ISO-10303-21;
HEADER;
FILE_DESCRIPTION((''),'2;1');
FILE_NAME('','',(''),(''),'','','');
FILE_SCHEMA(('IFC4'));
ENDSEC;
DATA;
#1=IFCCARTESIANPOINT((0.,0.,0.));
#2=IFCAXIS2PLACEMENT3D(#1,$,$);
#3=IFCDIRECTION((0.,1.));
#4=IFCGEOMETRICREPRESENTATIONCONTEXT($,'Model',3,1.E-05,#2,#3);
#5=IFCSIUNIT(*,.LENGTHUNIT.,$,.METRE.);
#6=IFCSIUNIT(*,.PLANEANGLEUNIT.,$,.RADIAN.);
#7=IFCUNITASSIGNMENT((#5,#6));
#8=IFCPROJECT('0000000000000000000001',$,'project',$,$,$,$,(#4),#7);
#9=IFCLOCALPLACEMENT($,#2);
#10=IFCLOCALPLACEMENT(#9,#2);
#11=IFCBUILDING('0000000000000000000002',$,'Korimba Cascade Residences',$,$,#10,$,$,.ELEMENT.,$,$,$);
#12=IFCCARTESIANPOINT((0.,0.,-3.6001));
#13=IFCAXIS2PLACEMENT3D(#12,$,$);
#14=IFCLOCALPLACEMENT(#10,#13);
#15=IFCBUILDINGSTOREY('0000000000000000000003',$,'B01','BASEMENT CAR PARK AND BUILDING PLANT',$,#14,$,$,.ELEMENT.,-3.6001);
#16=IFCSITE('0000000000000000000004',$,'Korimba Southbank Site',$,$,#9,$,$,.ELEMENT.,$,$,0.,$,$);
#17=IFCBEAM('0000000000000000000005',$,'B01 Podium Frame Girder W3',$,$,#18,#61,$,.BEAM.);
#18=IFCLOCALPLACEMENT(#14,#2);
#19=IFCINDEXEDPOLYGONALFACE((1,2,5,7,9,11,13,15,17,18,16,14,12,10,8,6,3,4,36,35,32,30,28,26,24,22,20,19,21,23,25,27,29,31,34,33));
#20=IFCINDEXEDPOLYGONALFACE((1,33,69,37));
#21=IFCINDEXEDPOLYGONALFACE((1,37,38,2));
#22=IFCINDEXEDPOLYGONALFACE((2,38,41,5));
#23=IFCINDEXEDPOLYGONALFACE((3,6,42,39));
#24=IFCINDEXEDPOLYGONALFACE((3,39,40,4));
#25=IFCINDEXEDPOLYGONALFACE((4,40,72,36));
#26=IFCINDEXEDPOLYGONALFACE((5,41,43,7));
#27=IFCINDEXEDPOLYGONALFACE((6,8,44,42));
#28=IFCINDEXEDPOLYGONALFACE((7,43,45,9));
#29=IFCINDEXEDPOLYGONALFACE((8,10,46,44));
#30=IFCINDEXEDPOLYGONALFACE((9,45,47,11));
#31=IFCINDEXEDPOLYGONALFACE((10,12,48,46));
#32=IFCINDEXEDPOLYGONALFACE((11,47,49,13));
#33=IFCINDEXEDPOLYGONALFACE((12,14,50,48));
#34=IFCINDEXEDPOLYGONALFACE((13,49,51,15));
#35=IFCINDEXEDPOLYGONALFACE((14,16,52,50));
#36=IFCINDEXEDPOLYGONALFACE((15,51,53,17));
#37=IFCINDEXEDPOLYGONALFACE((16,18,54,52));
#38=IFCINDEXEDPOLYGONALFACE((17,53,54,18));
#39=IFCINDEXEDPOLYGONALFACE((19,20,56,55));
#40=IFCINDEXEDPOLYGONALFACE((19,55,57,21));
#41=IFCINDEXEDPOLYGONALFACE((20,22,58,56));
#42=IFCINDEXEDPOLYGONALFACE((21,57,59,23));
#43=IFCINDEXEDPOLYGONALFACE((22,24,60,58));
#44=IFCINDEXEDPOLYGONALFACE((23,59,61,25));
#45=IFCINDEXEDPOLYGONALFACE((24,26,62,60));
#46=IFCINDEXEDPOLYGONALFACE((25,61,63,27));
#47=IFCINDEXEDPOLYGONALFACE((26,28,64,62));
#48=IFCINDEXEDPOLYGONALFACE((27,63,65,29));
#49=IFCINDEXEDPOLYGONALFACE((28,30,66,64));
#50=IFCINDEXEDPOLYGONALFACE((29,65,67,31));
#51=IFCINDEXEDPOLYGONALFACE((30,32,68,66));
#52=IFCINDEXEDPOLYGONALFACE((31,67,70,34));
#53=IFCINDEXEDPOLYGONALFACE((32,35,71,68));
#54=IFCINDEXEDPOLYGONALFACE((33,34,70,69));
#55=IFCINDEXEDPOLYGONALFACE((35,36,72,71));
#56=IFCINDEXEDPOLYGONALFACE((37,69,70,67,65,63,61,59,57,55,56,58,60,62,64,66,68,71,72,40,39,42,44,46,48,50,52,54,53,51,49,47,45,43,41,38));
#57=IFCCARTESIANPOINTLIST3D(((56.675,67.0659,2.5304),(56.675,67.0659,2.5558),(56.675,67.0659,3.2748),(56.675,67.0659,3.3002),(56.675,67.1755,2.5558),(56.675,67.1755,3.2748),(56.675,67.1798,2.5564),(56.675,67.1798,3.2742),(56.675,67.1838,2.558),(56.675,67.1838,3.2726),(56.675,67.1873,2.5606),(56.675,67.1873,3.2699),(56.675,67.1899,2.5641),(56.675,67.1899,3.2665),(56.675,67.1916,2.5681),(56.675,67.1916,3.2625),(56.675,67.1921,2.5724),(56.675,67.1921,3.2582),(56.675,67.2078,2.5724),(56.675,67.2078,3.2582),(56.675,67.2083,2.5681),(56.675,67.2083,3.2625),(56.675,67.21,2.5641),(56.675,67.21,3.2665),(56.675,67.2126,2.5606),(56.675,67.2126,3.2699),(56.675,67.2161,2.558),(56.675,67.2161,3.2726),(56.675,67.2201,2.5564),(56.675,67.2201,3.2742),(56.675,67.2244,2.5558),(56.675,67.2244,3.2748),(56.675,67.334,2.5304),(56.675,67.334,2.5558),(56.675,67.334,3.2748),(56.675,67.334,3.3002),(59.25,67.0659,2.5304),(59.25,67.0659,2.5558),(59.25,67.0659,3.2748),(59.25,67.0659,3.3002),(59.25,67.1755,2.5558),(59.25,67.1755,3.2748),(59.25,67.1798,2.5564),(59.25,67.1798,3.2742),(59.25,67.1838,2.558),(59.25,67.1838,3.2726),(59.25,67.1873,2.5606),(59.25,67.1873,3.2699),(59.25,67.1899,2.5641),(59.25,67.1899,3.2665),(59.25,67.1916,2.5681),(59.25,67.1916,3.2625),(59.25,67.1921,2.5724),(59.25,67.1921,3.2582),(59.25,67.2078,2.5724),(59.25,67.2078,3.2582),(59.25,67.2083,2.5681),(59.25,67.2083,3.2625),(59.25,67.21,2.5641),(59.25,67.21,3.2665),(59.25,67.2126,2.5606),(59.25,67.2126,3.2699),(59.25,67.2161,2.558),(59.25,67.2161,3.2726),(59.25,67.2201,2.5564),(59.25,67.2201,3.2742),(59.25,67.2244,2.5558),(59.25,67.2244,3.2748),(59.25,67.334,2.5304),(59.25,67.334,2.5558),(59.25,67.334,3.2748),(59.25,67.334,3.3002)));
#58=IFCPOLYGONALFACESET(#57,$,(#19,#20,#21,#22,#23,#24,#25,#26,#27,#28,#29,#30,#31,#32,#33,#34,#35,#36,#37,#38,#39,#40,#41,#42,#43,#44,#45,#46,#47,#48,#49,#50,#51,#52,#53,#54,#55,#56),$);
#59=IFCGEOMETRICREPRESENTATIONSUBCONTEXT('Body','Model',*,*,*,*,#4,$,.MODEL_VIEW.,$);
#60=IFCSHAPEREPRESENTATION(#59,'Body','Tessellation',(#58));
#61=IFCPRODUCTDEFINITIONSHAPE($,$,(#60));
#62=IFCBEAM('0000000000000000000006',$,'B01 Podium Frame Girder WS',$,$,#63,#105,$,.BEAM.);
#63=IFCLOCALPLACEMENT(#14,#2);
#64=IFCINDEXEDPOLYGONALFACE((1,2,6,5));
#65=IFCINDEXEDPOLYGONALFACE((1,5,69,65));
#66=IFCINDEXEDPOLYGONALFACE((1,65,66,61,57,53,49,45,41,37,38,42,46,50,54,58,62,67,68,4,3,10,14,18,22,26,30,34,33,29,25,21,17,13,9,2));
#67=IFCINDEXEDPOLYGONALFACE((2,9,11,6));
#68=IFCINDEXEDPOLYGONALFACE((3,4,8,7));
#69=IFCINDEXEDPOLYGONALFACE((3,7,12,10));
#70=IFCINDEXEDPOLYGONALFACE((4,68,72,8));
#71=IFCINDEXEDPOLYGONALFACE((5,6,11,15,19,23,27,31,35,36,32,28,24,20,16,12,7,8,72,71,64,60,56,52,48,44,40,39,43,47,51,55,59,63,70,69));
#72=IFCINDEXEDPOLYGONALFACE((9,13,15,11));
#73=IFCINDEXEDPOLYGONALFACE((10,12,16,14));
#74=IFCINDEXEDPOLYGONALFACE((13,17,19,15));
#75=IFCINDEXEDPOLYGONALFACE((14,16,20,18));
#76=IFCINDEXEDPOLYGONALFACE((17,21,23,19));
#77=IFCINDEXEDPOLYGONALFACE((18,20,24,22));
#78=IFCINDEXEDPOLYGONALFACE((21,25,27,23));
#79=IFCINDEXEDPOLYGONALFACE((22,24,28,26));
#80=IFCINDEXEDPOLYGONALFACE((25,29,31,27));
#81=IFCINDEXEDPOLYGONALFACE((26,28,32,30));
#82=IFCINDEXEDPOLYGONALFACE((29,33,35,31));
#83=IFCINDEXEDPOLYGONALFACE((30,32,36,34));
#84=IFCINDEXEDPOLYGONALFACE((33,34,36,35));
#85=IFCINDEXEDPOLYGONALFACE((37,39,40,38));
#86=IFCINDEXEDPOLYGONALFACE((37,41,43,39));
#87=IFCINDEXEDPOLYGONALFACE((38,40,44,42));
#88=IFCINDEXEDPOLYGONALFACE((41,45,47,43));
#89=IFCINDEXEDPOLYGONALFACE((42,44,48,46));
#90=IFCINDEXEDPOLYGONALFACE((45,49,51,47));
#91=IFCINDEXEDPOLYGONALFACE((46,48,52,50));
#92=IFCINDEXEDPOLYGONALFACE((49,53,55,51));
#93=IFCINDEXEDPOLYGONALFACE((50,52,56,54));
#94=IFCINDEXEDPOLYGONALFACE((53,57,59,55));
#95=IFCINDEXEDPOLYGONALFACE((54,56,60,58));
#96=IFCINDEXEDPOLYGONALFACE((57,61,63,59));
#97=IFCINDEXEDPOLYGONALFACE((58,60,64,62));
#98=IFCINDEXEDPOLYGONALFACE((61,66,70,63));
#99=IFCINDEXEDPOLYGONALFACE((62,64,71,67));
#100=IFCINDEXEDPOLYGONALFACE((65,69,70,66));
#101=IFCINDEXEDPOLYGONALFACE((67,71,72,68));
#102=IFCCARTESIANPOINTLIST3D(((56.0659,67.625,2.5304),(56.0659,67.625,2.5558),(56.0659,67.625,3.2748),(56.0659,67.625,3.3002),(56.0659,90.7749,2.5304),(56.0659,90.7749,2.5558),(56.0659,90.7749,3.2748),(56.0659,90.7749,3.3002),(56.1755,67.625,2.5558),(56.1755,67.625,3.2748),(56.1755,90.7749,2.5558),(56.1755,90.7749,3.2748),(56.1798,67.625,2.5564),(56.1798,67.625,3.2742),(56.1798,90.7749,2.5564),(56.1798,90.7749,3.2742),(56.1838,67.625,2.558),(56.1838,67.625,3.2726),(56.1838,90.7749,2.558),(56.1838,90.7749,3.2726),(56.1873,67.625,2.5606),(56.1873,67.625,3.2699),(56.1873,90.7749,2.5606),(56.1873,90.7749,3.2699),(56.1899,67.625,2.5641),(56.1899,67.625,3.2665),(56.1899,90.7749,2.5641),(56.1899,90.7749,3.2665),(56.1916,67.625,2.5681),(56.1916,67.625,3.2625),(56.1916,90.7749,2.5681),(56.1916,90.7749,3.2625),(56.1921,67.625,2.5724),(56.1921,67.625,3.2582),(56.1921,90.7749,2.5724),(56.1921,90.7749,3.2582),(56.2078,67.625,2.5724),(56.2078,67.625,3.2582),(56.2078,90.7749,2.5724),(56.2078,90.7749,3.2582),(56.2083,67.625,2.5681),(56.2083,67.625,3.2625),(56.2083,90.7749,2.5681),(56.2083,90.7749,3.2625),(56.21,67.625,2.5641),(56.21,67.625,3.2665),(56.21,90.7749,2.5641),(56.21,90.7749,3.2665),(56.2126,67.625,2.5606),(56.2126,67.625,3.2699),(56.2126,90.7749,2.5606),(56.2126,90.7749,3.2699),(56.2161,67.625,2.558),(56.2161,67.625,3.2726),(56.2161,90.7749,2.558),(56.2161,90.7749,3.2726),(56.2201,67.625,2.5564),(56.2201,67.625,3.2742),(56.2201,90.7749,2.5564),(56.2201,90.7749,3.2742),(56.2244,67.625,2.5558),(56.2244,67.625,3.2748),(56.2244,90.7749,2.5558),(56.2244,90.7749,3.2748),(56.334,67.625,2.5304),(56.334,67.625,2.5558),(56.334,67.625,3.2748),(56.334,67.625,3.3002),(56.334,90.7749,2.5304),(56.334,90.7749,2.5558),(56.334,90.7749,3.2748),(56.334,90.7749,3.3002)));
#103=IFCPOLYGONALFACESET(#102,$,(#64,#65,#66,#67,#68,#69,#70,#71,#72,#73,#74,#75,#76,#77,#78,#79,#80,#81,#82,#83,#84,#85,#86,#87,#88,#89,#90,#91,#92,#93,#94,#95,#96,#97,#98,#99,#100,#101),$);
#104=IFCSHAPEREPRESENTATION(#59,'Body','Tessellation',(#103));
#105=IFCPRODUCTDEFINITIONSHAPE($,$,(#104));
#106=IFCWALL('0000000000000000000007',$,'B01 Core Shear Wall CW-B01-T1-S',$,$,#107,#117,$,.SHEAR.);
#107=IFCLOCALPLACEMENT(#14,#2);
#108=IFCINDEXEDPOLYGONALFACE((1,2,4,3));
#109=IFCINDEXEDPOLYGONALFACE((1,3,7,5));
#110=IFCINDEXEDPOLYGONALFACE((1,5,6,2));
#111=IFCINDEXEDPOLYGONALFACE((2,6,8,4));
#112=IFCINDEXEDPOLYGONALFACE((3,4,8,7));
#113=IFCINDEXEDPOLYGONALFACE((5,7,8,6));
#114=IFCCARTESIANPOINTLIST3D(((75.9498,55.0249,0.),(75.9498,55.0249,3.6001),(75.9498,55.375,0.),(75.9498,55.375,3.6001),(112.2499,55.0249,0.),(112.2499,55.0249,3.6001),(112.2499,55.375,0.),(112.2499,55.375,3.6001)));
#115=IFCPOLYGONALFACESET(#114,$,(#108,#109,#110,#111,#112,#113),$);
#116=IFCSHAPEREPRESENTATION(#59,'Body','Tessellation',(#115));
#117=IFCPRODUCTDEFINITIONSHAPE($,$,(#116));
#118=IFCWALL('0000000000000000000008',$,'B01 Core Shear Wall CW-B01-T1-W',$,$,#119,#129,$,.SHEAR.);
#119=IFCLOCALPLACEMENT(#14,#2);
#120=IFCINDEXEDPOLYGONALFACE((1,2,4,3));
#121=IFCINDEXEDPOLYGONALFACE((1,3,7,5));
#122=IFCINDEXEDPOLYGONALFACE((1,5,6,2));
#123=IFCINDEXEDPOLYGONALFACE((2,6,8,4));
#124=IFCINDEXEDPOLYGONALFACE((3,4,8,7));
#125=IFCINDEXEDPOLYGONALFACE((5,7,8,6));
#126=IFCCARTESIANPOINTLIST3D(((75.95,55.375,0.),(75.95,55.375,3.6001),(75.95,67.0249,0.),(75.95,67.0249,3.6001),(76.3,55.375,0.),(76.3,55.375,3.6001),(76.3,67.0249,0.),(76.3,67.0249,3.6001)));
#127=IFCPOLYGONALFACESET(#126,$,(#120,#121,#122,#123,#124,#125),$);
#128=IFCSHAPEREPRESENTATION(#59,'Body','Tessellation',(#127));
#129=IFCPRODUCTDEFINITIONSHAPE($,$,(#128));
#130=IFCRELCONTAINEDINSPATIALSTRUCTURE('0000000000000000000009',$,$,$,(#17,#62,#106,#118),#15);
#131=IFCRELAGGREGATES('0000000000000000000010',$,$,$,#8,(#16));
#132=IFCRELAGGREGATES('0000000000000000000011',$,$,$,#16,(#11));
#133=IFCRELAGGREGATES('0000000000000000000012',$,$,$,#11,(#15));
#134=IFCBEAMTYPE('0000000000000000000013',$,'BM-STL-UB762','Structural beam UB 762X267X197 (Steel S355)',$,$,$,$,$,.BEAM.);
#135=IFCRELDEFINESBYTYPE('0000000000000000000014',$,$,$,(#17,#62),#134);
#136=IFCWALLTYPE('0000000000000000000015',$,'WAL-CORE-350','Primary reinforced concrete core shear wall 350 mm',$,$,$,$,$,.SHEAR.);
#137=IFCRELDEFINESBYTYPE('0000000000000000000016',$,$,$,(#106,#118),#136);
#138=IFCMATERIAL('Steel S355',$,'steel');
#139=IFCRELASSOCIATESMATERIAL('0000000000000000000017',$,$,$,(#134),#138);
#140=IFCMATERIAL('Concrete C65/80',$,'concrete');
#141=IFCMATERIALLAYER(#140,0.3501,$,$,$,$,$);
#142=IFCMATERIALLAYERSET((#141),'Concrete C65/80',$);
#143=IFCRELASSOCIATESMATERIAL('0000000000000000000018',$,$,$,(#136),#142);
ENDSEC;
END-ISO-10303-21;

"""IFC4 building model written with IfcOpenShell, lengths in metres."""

from ifc_helpers import new_model, si_unit, direction, frame, frame_2d, origin, origin_2d, place, context, subcontext, project, spatial, rectangle, i_section, extrude, material, layer, layer_set, material_profile, profile_set, type_object, element, save


model = new_model("IFC4")

# Units and contexts
model_context = context("Model", 3, precision=1e-05, world=origin(), true_north=direction((0.0, 1.0)))
body_context = subcontext(model_context, "Body", "Model", "MODEL_VIEW")
ifc_project = project(units=[si_unit("LENGTHUNIT", "METRE"), si_unit("PLANEANGLEUNIT", "RADIAN")], contexts=[model_context])

# Site, building, storey
site_placement = place(None, origin())
site = spatial("IfcSite", under=ifc_project, at=site_placement, Name="Korimba Southbank Site", CompositionType="ELEMENT", RefElevation=0.0)
building_placement = place(site_placement, origin())
building = spatial("IfcBuilding", under=site, at=building_placement, Name="Korimba Cascade Residences", CompositionType="ELEMENT")
storey_placement = place(building_placement, frame((0.0, 0.0, -3.6001)))
storey = spatial("IfcBuildingStorey", under=building, at=storey_placement, Name="B01", Description="BASEMENT CAR PARK AND BUILDING PLANT", CompositionType="ELEMENT", Elevation=-3.6001)

# Shared definitions
ifc_material_1 = material(Name="Concrete C65/80", Category="concrete")

# Beams
ifc_material_2 = material(Name="Steel S355", Category="steel")
ifc_material_profile_1 = material_profile(ifc_material_2, i_section(OverallWidth=0.2681, OverallDepth=0.7698, WebThickness=0.0156, FlangeThickness=0.0254, FilletRadius=0.0166, at=origin_2d()), Name="Steel S355")
ifc_profile_set_1 = profile_set([ifc_material_profile_1], Name="Steel S355")
beam_type_1 = type_object("IfcBeamType", Name="BM-STL-UB762", Description="Structural beam UB 762X267X197 (Steel S355)", PredefinedType="BEAM", material=ifc_profile_set_1)
beam_1_placement = place(storey_placement, frame((56.675, 67.2, 2.9153), z_axis=(1.0, 0.0, 0.0), x_axis=(0.0, 1.0, 0.0)))
element("IfcBeam", 1, at=beam_1_placement, inside=storey, type_object=beam_type_1, Name="B01 Podium Frame Girder W3", PredefinedType="BEAM", context=body_context, shape_type="SweptSolid", body=[
    extrude(i_section(OverallWidth=0.2681, OverallDepth=0.7698, WebThickness=0.0156, FlangeThickness=0.0254, FilletRadius=0.0166, at=origin_2d()), origin(), (0.0, 0.0, 1.0), 2.575),
])
beam_2_placement = place(storey_placement, frame((56.2, 67.625, 2.9153), z_axis=(0.0, 1.0, 0.0), x_axis=(-1.0, 0.0, 0.0)))
element("IfcBeam", 2, at=beam_2_placement, inside=storey, type_object=beam_type_1, Name="B01 Podium Frame Girder WS", PredefinedType="BEAM", context=body_context, shape_type="SweptSolid", body=[
    extrude(i_section(OverallWidth=0.2681, OverallDepth=0.7698, WebThickness=0.0156, FlangeThickness=0.0254, FilletRadius=0.0166, at=origin_2d()), origin(), (0.0, 0.0, 1.0), 23.1499),
])

# Walls
ifc_layer_1 = layer(ifc_material_1, 0.3501)
ifc_layer_set_1 = layer_set([ifc_layer_1], Name="Concrete C65/80")
wall_type_1 = type_object("IfcWallType", Name="WAL-CORE-350", Description="Primary reinforced concrete core shear wall 350 mm", PredefinedType="SHEAR", material=ifc_layer_set_1)
wall_1_placement = place(storey_placement, frame((75.95, 55.2, 0.0), z_axis=(0.0, 0.0, 1.0), x_axis=(1.0, 0.0, 0.0)))
element("IfcWall", 3, at=wall_1_placement, inside=storey, type_object=wall_type_1, Name="B01 Core Shear Wall CW-B01-T1-S", PredefinedType="SHEAR", context=body_context, shape_type="SweptSolid", body=[
    extrude(rectangle(XDim=36.3, YDim=0.3501, at=frame_2d((18.1499, 0.0))), origin(), (0.0, 0.0, 1.0), 3.6001),
])
wall_2_placement = place(storey_placement, frame((76.125, 55.375, 0.0), z_axis=(0.0, 0.0, 1.0), x_axis=(0.0, 1.0, 0.0)))
element("IfcWall", 4, at=wall_2_placement, inside=storey, type_object=wall_type_1, Name="B01 Core Shear Wall CW-B01-T1-W", PredefinedType="SHEAR", context=body_context, shape_type="SweptSolid", body=[
    extrude(rectangle(XDim=11.6499, YDim=0.3501, at=frame_2d((5.825, 0.0))), origin(), (0.0, 0.0, 1.0), 3.6001),
])

save(model, "model.ifc")
